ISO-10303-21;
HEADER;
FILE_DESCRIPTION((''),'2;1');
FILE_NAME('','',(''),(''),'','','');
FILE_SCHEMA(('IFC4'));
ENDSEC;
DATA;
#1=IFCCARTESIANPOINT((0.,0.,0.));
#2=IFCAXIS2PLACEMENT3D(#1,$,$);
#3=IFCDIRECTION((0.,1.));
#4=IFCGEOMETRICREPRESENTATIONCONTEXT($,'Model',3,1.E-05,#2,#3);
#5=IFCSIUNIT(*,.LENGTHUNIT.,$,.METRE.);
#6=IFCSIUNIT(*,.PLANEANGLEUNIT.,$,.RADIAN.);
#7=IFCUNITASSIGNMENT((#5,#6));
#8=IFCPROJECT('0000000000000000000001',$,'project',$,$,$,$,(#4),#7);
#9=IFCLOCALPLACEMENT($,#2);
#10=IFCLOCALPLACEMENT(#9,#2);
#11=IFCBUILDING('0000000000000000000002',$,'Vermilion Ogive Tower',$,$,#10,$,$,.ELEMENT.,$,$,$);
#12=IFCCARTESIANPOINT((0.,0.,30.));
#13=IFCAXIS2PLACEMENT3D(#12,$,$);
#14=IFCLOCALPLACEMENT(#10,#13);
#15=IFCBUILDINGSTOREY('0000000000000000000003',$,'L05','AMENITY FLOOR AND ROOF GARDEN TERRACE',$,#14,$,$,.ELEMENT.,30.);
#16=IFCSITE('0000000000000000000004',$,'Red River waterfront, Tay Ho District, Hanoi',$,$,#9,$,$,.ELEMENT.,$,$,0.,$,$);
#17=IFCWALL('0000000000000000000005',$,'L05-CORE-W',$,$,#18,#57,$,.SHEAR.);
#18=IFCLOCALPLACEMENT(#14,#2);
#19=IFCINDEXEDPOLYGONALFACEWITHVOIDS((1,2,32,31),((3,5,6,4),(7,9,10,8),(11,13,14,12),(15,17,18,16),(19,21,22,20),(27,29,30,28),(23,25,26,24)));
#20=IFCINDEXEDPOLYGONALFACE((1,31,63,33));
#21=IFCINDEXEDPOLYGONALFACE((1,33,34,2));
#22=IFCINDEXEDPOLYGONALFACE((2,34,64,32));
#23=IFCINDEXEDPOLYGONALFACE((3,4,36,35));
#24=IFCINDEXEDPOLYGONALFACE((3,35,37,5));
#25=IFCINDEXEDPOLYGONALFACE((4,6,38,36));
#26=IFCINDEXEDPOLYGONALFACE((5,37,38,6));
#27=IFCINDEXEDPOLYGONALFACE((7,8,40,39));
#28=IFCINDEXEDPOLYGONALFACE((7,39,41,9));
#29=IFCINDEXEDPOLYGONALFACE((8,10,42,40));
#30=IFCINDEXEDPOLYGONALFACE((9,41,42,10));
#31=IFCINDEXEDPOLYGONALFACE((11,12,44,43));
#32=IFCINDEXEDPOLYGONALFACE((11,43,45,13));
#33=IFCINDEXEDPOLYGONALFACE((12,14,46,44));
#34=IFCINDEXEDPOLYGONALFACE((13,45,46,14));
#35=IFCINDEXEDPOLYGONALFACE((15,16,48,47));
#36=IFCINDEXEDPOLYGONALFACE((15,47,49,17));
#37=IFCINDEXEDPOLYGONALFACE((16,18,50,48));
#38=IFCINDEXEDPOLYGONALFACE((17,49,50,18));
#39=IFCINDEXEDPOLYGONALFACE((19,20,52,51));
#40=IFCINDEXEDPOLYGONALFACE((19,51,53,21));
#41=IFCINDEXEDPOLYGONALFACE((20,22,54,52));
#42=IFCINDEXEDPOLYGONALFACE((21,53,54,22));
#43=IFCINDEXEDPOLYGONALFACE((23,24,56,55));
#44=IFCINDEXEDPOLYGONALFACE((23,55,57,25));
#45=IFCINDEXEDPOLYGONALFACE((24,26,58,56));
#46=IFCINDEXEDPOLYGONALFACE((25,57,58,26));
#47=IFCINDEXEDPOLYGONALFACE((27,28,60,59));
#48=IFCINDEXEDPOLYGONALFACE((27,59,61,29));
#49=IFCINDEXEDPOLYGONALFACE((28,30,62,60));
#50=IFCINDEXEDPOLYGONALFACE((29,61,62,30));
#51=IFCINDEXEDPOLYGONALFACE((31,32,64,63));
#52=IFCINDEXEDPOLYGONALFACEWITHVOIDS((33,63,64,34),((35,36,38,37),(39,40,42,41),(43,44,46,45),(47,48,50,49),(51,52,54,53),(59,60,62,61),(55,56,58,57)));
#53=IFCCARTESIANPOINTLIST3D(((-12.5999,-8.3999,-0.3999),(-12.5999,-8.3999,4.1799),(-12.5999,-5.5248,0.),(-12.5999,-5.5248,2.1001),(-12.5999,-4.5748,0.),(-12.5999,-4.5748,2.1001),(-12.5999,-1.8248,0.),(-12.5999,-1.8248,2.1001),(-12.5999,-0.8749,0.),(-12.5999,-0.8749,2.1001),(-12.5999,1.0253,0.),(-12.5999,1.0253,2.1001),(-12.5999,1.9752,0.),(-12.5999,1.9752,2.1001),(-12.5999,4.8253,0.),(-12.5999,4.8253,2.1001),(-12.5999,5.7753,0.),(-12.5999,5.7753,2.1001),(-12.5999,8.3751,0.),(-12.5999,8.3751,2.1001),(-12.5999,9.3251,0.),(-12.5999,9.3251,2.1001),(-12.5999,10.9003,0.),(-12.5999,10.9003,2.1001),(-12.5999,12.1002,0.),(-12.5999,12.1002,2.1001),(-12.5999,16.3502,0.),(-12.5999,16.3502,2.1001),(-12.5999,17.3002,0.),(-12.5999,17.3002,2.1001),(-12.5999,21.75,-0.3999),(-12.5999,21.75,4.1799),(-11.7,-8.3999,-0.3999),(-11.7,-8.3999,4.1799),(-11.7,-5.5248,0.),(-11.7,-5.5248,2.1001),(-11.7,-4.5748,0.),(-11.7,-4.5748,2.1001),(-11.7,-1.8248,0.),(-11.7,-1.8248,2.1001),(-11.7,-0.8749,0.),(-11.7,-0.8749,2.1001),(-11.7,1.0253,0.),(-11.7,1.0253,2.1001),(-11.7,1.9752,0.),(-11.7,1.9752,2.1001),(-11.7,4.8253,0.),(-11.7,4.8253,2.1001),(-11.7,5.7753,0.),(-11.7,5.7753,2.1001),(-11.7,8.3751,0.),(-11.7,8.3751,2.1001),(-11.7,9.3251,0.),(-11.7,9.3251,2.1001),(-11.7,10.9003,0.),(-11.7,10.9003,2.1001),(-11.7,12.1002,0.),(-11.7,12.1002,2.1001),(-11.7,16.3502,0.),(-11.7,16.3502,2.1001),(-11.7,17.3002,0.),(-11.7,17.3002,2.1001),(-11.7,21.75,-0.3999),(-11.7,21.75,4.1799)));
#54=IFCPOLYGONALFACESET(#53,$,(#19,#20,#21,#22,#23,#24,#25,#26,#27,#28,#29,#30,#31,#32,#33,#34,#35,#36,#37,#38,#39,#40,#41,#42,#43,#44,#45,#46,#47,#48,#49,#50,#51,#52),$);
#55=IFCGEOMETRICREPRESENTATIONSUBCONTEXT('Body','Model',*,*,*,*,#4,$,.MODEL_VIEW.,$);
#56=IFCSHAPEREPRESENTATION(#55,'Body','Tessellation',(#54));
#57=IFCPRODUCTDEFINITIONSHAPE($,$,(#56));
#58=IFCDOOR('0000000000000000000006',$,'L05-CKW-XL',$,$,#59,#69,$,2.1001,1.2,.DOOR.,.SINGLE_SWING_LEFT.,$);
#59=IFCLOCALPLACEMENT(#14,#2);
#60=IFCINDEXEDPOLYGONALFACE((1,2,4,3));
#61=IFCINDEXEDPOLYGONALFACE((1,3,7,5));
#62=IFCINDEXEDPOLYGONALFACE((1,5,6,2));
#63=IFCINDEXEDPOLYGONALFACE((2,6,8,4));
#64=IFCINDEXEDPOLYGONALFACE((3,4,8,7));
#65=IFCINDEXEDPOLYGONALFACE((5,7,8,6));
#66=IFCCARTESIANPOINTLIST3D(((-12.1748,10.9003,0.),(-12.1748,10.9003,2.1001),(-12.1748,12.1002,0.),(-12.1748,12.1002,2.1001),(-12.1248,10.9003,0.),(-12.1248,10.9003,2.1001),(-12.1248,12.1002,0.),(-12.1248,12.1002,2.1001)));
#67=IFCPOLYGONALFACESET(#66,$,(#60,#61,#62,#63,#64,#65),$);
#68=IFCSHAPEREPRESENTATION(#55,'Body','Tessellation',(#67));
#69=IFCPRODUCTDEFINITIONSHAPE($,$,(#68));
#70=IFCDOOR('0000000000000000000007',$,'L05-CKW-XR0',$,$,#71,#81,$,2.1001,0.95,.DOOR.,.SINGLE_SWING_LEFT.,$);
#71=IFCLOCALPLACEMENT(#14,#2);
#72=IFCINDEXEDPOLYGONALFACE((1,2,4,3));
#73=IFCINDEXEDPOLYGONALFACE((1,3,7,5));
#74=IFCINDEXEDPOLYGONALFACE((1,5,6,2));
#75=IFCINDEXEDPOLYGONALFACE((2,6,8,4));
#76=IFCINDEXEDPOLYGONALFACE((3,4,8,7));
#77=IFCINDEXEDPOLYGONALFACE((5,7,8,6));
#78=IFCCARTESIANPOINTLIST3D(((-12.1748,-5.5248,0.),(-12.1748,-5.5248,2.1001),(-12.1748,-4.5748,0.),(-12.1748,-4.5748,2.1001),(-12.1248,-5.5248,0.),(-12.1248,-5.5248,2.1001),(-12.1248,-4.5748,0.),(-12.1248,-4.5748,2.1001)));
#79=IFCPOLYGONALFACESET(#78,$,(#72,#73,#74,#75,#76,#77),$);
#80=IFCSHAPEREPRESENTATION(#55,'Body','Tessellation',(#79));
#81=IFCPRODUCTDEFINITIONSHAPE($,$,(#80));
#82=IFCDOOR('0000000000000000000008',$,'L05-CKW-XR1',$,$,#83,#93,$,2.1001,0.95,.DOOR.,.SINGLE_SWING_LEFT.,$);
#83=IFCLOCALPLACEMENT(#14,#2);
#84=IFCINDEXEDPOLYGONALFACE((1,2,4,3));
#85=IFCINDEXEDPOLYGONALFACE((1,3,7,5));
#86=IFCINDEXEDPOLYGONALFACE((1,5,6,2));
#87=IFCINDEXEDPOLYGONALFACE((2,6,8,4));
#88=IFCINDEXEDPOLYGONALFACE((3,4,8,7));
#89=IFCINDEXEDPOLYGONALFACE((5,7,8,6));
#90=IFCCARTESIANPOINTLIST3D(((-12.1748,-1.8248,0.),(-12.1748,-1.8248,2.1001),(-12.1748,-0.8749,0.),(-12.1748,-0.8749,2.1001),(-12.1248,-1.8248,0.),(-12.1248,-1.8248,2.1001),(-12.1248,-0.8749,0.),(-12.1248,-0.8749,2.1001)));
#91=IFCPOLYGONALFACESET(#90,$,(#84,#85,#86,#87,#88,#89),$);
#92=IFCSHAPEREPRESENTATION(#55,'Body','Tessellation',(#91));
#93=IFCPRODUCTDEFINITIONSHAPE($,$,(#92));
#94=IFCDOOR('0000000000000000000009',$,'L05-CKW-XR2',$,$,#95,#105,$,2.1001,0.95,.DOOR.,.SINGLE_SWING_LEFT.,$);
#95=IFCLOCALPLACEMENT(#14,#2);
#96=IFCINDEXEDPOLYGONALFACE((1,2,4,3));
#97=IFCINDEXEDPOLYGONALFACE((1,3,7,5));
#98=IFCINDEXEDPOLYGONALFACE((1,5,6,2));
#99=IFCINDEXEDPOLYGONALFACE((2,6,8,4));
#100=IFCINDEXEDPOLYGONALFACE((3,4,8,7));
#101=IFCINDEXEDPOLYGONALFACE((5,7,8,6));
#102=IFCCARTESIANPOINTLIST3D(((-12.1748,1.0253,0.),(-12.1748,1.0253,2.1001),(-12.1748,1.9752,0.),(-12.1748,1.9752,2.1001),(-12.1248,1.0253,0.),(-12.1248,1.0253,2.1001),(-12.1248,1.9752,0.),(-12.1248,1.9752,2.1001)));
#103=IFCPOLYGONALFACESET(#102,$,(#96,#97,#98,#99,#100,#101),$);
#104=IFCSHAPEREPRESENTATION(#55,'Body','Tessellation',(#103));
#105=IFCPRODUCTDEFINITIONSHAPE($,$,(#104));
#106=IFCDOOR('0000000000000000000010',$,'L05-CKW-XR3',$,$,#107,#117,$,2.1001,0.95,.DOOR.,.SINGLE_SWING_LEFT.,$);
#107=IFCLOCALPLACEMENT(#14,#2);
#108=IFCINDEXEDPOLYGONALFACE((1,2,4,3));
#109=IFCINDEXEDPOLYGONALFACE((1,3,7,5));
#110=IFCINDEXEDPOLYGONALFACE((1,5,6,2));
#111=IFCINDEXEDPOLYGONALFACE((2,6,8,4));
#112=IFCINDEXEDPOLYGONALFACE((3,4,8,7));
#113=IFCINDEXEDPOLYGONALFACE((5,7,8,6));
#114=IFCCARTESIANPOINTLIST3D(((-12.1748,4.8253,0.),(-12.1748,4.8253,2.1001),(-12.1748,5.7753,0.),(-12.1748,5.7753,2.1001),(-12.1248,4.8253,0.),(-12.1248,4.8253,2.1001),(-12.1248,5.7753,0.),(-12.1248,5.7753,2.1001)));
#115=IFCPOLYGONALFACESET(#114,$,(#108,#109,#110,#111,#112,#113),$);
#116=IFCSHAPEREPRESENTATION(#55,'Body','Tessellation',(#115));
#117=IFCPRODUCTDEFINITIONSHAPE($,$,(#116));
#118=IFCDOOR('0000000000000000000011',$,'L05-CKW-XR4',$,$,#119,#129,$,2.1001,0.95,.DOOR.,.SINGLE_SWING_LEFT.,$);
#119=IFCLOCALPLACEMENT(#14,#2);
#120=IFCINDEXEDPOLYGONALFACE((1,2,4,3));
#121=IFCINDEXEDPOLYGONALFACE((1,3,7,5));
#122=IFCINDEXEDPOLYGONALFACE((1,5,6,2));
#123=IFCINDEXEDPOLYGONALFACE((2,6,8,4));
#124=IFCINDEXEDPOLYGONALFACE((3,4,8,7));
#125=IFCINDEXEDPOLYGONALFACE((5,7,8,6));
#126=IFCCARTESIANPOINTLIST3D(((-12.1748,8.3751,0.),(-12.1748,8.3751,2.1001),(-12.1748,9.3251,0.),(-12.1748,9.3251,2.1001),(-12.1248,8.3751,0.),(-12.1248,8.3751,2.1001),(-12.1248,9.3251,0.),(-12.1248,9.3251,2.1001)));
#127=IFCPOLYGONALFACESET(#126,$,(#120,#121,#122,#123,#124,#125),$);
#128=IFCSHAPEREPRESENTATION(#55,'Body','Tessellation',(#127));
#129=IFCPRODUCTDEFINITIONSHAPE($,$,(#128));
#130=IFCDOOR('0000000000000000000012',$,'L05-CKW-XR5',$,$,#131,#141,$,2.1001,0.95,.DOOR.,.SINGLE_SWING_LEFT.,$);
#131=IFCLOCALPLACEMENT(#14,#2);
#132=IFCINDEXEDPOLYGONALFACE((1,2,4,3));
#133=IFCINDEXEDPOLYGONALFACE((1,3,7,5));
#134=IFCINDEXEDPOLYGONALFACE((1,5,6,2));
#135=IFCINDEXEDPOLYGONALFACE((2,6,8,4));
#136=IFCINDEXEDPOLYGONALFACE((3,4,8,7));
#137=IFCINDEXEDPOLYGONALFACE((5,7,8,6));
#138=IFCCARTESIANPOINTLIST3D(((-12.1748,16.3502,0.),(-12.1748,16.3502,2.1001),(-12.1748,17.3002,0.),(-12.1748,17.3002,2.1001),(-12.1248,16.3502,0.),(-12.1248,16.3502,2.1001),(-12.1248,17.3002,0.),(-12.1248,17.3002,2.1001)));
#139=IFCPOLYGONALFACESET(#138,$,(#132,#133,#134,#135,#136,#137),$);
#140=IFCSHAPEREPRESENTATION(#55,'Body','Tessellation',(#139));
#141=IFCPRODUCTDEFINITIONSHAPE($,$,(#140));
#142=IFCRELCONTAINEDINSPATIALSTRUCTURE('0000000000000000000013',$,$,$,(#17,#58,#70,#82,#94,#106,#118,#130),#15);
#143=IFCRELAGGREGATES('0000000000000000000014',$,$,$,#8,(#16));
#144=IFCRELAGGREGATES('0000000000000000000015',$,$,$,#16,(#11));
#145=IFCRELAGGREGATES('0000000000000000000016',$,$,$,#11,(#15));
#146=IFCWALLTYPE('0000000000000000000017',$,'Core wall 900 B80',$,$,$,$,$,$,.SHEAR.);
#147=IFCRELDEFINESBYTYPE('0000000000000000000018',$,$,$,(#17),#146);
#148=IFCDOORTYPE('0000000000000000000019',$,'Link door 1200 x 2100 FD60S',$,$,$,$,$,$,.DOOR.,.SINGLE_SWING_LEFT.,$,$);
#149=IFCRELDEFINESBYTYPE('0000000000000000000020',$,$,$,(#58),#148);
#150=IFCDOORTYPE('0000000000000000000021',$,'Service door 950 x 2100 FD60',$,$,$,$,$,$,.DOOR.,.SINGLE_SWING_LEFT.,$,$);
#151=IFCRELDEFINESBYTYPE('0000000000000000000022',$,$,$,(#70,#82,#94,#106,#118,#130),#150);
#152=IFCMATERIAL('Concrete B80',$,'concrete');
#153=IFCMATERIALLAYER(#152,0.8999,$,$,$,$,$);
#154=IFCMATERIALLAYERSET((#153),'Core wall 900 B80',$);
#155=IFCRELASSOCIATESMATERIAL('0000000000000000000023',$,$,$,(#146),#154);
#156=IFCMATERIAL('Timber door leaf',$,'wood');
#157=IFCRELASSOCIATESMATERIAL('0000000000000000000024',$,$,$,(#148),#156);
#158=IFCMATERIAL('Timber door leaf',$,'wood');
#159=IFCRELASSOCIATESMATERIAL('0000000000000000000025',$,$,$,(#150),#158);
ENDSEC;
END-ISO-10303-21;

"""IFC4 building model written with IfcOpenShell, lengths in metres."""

from ifc_helpers import new_model, si_unit, direction, frame, frame_2d, origin, place, context, subcontext, project, spatial, rectangle, extrude, material, layer, layer_set, type_object, element, fill, save


model = new_model("IFC4")

# Units and contexts
model_context = context("Model", 3, precision=1e-05, world=origin(), true_north=direction((0.0, 1.0)))
body_context = subcontext(model_context, "Body", "Model", "MODEL_VIEW")
ifc_project = project(units=[si_unit("LENGTHUNIT", "METRE"), si_unit("PLANEANGLEUNIT", "RADIAN")], contexts=[model_context])

# Site, building, storey
site_placement = place(None, origin())
site = spatial("IfcSite", under=ifc_project, at=site_placement, Name="Red River waterfront, Tay Ho District, Hanoi", CompositionType="ELEMENT", RefElevation=0.0)
building_placement = place(site_placement, origin())
building = spatial("IfcBuilding", under=site, at=building_placement, Name="Vermilion Ogive Tower", CompositionType="ELEMENT")
storey_placement = place(building_placement, frame((0.0, 0.0, 30.0)))
storey = spatial("IfcBuildingStorey", under=building, at=storey_placement, Name="L05", Description="AMENITY FLOOR AND ROOF GARDEN TERRACE", CompositionType="ELEMENT", Elevation=30.0)

# Wall, openings, doors
ifc_material_1 = material(Name="Concrete B80", Category="concrete")
ifc_layer_1 = layer(ifc_material_1, 0.8999)
ifc_layer_set_1 = layer_set([ifc_layer_1], Name="Core wall 900 B80")
wall_type_1 = type_object("IfcWallType", Name="Core wall 900 B80", PredefinedType="SHEAR", material=ifc_layer_set_1)
wall_1_placement = place(storey_placement, frame((-12.1499, -8.3999, -0.3999), z_axis=(0.0, 0.0, 1.0), x_axis=(0.0, 1.0, 0.0)))
wall_1 = element("IfcWall", 1, at=wall_1_placement, inside=storey, type_object=wall_type_1, Name="L05-CORE-W", PredefinedType="SHEAR", context=body_context, shape_type="SweptSolid", body=[
    extrude(rectangle(XDim=30.1499, YDim=0.8999, at=frame_2d((15.075, 0.0))), origin(), (0.0, 0.0, 1.0), 4.5798),
])
opening_1_placement = place(wall_1_placement, frame((2.875, 0.0, 0.3999)))
opening_1 = element("IfcOpeningElement", 2, at=opening_1_placement, cuts=wall_1, PredefinedType="OPENING", context=body_context, shape_type="SweptSolid", body=[
    extrude(rectangle(XDim=0.95, YDim=2.1001, at=frame_2d((0.4751, 1.05))), frame((0.0, 0.46, 0.0), z_axis=(0.0, -1.0, 0.0), x_axis=(1.0, 0.0, 0.0)), (0.0, 0.0, 1.0), 0.9199),
])
opening_2_placement = place(wall_1_placement, frame((6.575, 0.0, 0.3999)))
opening_2 = element("IfcOpeningElement", 3, at=opening_2_placement, cuts=wall_1, PredefinedType="OPENING", context=body_context, shape_type="SweptSolid", body=[
    extrude(rectangle(XDim=0.95, YDim=2.1001, at=frame_2d((0.4751, 1.05))), frame((0.0, 0.46, 0.0), z_axis=(0.0, -1.0, 0.0), x_axis=(1.0, 0.0, 0.0)), (0.0, 0.0, 1.0), 0.9199),
])
opening_3_placement = place(wall_1_placement, frame((9.425, 0.0, 0.3999)))
opening_3 = element("IfcOpeningElement", 4, at=opening_3_placement, cuts=wall_1, PredefinedType="OPENING", context=body_context, shape_type="SweptSolid", body=[
    extrude(rectangle(XDim=0.95, YDim=2.1001, at=frame_2d((0.4751, 1.05))), frame((0.0, 0.46, 0.0), z_axis=(0.0, -1.0, 0.0), x_axis=(1.0, 0.0, 0.0)), (0.0, 0.0, 1.0), 0.9199),
])
opening_4_placement = place(wall_1_placement, frame((13.2251, 0.0, 0.3999)))
opening_4 = element("IfcOpeningElement", 5, at=opening_4_placement, cuts=wall_1, PredefinedType="OPENING", context=body_context, shape_type="SweptSolid", body=[
    extrude(rectangle(XDim=0.95, YDim=2.1001, at=frame_2d((0.4751, 1.05))), frame((0.0, 0.46, 0.0), z_axis=(0.0, -1.0, 0.0), x_axis=(1.0, 0.0, 0.0)), (0.0, 0.0, 1.0), 0.9199),
])
opening_5_placement = place(wall_1_placement, frame((16.7749, 0.0, 0.3999)))
opening_5 = element("IfcOpeningElement", 6, at=opening_5_placement, cuts=wall_1, PredefinedType="OPENING", context=body_context, shape_type="SweptSolid", body=[
    extrude(rectangle(XDim=0.95, YDim=2.1001, at=frame_2d((0.4751, 1.05))), frame((0.0, 0.46, 0.0), z_axis=(0.0, -1.0, 0.0), x_axis=(1.0, 0.0, 0.0)), (0.0, 0.0, 1.0), 0.9199),
])
opening_6_placement = place(wall_1_placement, frame((24.75, 0.0, 0.3999)))
opening_6 = element("IfcOpeningElement", 7, at=opening_6_placement, cuts=wall_1, PredefinedType="OPENING", context=body_context, shape_type="SweptSolid", body=[
    extrude(rectangle(XDim=0.95, YDim=2.1001, at=frame_2d((0.4751, 1.05))), frame((0.0, 0.46, 0.0), z_axis=(0.0, -1.0, 0.0), x_axis=(1.0, 0.0, 0.0)), (0.0, 0.0, 1.0), 0.9199),
])
opening_7_placement = place(wall_1_placement, frame((19.3, 0.0, 0.3999)))
opening_7 = element("IfcOpeningElement", 8, at=opening_7_placement, cuts=wall_1, PredefinedType="OPENING", context=body_context, shape_type="SweptSolid", body=[
    extrude(rectangle(XDim=1.2, YDim=2.1001, at=frame_2d((0.6001, 1.05))), frame((0.0, 0.46, 0.0), z_axis=(0.0, -1.0, 0.0), x_axis=(1.0, 0.0, 0.0)), (0.0, 0.0, 1.0), 0.9199),
])
ifc_material_2 = material(Name="Timber door leaf", Category="wood")
door_type_1 = type_object("IfcDoorType", Name="Link door 1200 x 2100 FD60S", OperationType="SINGLE_SWING_LEFT", PredefinedType="DOOR", material=ifc_material_2)
door_1_placement = place(opening_7_placement, origin())
door_1 = element("IfcDoor", 9, at=door_1_placement, inside=storey, type_object=door_type_1, Name="L05-CKW-XL", OperationType="SINGLE_SWING_LEFT", OverallHeight=2.1001, OverallWidth=1.2, PredefinedType="DOOR", context=body_context, shape_type="SweptSolid", body=[
    extrude(rectangle(XDim=1.2, YDim=2.1001, at=frame_2d((0.6001, 1.05))), frame((0.0, 0.0249, 0.0), z_axis=(0.0, -1.0, 0.0), x_axis=(1.0, 0.0, 0.0)), (0.0, 0.0, 1.0), 0.05),
])
fill(opening_7, door_1)
ifc_material_3 = material(Name="Timber door leaf", Category="wood")
door_type_2 = type_object("IfcDoorType", Name="Service door 950 x 2100 FD60", OperationType="SINGLE_SWING_LEFT", PredefinedType="DOOR", material=ifc_material_3)
door_2_placement = place(opening_1_placement, origin())
door_2 = element("IfcDoor", 10, at=door_2_placement, inside=storey, type_object=door_type_2, Name="L05-CKW-XR0", OperationType="SINGLE_SWING_LEFT", OverallHeight=2.1001, OverallWidth=0.95, PredefinedType="DOOR", context=body_context, shape_type="SweptSolid", body=[
    extrude(rectangle(XDim=0.95, YDim=2.1001, at=frame_2d((0.4751, 1.05))), frame((0.0, 0.0249, 0.0), z_axis=(0.0, -1.0, 0.0), x_axis=(1.0, 0.0, 0.0)), (0.0, 0.0, 1.0), 0.05),
])
fill(opening_1, door_2)
door_3_placement = place(opening_2_placement, origin())
door_3 = element("IfcDoor", 11, at=door_3_placement, inside=storey, type_object=door_type_2, Name="L05-CKW-XR1", OperationType="SINGLE_SWING_LEFT", OverallHeight=2.1001, OverallWidth=0.95, PredefinedType="DOOR", context=body_context, shape_type="SweptSolid", body=[
    extrude(rectangle(XDim=0.95, YDim=2.1001, at=frame_2d((0.4751, 1.05))), frame((0.0, 0.0249, 0.0), z_axis=(0.0, -1.0, 0.0), x_axis=(1.0, 0.0, 0.0)), (0.0, 0.0, 1.0), 0.05),
])
fill(opening_2, door_3)
door_4_placement = place(opening_3_placement, origin())
door_4 = element("IfcDoor", 12, at=door_4_placement, inside=storey, type_object=door_type_2, Name="L05-CKW-XR2", OperationType="SINGLE_SWING_LEFT", OverallHeight=2.1001, OverallWidth=0.95, PredefinedType="DOOR", context=body_context, shape_type="SweptSolid", body=[
    extrude(rectangle(XDim=0.95, YDim=2.1001, at=frame_2d((0.4751, 1.05))), frame((0.0, 0.0249, 0.0), z_axis=(0.0, -1.0, 0.0), x_axis=(1.0, 0.0, 0.0)), (0.0, 0.0, 1.0), 0.05),
])
fill(opening_3, door_4)
door_5_placement = place(opening_4_placement, origin())
door_5 = element("IfcDoor", 13, at=door_5_placement, inside=storey, type_object=door_type_2, Name="L05-CKW-XR3", OperationType="SINGLE_SWING_LEFT", OverallHeight=2.1001, OverallWidth=0.95, PredefinedType="DOOR", context=body_context, shape_type="SweptSolid", body=[
    extrude(rectangle(XDim=0.95, YDim=2.1001, at=frame_2d((0.4751, 1.05))), frame((0.0, 0.0249, 0.0), z_axis=(0.0, -1.0, 0.0), x_axis=(1.0, 0.0, 0.0)), (0.0, 0.0, 1.0), 0.05),
])
fill(opening_4, door_5)
door_6_placement = place(opening_5_placement, origin())
door_6 = element("IfcDoor", 14, at=door_6_placement, inside=storey, type_object=door_type_2, Name="L05-CKW-XR4", OperationType="SINGLE_SWING_LEFT", OverallHeight=2.1001, OverallWidth=0.95, PredefinedType="DOOR", context=body_context, shape_type="SweptSolid", body=[
    extrude(rectangle(XDim=0.95, YDim=2.1001, at=frame_2d((0.4751, 1.05))), frame((0.0, 0.0249, 0.0), z_axis=(0.0, -1.0, 0.0), x_axis=(1.0, 0.0, 0.0)), (0.0, 0.0, 1.0), 0.05),
])
fill(opening_5, door_6)
door_7_placement = place(opening_6_placement, origin())
door_7 = element("IfcDoor", 15, at=door_7_placement, inside=storey, type_object=door_type_2, Name="L05-CKW-XR5", OperationType="SINGLE_SWING_LEFT", OverallHeight=2.1001, OverallWidth=0.95, PredefinedType="DOOR", context=body_context, shape_type="SweptSolid", body=[
    extrude(rectangle(XDim=0.95, YDim=2.1001, at=frame_2d((0.4751, 1.05))), frame((0.0, 0.0249, 0.0), z_axis=(0.0, -1.0, 0.0), x_axis=(1.0, 0.0, 0.0)), (0.0, 0.0, 1.0), 0.05),
])
fill(opening_6, door_7)

save(model, "model.ifc")
